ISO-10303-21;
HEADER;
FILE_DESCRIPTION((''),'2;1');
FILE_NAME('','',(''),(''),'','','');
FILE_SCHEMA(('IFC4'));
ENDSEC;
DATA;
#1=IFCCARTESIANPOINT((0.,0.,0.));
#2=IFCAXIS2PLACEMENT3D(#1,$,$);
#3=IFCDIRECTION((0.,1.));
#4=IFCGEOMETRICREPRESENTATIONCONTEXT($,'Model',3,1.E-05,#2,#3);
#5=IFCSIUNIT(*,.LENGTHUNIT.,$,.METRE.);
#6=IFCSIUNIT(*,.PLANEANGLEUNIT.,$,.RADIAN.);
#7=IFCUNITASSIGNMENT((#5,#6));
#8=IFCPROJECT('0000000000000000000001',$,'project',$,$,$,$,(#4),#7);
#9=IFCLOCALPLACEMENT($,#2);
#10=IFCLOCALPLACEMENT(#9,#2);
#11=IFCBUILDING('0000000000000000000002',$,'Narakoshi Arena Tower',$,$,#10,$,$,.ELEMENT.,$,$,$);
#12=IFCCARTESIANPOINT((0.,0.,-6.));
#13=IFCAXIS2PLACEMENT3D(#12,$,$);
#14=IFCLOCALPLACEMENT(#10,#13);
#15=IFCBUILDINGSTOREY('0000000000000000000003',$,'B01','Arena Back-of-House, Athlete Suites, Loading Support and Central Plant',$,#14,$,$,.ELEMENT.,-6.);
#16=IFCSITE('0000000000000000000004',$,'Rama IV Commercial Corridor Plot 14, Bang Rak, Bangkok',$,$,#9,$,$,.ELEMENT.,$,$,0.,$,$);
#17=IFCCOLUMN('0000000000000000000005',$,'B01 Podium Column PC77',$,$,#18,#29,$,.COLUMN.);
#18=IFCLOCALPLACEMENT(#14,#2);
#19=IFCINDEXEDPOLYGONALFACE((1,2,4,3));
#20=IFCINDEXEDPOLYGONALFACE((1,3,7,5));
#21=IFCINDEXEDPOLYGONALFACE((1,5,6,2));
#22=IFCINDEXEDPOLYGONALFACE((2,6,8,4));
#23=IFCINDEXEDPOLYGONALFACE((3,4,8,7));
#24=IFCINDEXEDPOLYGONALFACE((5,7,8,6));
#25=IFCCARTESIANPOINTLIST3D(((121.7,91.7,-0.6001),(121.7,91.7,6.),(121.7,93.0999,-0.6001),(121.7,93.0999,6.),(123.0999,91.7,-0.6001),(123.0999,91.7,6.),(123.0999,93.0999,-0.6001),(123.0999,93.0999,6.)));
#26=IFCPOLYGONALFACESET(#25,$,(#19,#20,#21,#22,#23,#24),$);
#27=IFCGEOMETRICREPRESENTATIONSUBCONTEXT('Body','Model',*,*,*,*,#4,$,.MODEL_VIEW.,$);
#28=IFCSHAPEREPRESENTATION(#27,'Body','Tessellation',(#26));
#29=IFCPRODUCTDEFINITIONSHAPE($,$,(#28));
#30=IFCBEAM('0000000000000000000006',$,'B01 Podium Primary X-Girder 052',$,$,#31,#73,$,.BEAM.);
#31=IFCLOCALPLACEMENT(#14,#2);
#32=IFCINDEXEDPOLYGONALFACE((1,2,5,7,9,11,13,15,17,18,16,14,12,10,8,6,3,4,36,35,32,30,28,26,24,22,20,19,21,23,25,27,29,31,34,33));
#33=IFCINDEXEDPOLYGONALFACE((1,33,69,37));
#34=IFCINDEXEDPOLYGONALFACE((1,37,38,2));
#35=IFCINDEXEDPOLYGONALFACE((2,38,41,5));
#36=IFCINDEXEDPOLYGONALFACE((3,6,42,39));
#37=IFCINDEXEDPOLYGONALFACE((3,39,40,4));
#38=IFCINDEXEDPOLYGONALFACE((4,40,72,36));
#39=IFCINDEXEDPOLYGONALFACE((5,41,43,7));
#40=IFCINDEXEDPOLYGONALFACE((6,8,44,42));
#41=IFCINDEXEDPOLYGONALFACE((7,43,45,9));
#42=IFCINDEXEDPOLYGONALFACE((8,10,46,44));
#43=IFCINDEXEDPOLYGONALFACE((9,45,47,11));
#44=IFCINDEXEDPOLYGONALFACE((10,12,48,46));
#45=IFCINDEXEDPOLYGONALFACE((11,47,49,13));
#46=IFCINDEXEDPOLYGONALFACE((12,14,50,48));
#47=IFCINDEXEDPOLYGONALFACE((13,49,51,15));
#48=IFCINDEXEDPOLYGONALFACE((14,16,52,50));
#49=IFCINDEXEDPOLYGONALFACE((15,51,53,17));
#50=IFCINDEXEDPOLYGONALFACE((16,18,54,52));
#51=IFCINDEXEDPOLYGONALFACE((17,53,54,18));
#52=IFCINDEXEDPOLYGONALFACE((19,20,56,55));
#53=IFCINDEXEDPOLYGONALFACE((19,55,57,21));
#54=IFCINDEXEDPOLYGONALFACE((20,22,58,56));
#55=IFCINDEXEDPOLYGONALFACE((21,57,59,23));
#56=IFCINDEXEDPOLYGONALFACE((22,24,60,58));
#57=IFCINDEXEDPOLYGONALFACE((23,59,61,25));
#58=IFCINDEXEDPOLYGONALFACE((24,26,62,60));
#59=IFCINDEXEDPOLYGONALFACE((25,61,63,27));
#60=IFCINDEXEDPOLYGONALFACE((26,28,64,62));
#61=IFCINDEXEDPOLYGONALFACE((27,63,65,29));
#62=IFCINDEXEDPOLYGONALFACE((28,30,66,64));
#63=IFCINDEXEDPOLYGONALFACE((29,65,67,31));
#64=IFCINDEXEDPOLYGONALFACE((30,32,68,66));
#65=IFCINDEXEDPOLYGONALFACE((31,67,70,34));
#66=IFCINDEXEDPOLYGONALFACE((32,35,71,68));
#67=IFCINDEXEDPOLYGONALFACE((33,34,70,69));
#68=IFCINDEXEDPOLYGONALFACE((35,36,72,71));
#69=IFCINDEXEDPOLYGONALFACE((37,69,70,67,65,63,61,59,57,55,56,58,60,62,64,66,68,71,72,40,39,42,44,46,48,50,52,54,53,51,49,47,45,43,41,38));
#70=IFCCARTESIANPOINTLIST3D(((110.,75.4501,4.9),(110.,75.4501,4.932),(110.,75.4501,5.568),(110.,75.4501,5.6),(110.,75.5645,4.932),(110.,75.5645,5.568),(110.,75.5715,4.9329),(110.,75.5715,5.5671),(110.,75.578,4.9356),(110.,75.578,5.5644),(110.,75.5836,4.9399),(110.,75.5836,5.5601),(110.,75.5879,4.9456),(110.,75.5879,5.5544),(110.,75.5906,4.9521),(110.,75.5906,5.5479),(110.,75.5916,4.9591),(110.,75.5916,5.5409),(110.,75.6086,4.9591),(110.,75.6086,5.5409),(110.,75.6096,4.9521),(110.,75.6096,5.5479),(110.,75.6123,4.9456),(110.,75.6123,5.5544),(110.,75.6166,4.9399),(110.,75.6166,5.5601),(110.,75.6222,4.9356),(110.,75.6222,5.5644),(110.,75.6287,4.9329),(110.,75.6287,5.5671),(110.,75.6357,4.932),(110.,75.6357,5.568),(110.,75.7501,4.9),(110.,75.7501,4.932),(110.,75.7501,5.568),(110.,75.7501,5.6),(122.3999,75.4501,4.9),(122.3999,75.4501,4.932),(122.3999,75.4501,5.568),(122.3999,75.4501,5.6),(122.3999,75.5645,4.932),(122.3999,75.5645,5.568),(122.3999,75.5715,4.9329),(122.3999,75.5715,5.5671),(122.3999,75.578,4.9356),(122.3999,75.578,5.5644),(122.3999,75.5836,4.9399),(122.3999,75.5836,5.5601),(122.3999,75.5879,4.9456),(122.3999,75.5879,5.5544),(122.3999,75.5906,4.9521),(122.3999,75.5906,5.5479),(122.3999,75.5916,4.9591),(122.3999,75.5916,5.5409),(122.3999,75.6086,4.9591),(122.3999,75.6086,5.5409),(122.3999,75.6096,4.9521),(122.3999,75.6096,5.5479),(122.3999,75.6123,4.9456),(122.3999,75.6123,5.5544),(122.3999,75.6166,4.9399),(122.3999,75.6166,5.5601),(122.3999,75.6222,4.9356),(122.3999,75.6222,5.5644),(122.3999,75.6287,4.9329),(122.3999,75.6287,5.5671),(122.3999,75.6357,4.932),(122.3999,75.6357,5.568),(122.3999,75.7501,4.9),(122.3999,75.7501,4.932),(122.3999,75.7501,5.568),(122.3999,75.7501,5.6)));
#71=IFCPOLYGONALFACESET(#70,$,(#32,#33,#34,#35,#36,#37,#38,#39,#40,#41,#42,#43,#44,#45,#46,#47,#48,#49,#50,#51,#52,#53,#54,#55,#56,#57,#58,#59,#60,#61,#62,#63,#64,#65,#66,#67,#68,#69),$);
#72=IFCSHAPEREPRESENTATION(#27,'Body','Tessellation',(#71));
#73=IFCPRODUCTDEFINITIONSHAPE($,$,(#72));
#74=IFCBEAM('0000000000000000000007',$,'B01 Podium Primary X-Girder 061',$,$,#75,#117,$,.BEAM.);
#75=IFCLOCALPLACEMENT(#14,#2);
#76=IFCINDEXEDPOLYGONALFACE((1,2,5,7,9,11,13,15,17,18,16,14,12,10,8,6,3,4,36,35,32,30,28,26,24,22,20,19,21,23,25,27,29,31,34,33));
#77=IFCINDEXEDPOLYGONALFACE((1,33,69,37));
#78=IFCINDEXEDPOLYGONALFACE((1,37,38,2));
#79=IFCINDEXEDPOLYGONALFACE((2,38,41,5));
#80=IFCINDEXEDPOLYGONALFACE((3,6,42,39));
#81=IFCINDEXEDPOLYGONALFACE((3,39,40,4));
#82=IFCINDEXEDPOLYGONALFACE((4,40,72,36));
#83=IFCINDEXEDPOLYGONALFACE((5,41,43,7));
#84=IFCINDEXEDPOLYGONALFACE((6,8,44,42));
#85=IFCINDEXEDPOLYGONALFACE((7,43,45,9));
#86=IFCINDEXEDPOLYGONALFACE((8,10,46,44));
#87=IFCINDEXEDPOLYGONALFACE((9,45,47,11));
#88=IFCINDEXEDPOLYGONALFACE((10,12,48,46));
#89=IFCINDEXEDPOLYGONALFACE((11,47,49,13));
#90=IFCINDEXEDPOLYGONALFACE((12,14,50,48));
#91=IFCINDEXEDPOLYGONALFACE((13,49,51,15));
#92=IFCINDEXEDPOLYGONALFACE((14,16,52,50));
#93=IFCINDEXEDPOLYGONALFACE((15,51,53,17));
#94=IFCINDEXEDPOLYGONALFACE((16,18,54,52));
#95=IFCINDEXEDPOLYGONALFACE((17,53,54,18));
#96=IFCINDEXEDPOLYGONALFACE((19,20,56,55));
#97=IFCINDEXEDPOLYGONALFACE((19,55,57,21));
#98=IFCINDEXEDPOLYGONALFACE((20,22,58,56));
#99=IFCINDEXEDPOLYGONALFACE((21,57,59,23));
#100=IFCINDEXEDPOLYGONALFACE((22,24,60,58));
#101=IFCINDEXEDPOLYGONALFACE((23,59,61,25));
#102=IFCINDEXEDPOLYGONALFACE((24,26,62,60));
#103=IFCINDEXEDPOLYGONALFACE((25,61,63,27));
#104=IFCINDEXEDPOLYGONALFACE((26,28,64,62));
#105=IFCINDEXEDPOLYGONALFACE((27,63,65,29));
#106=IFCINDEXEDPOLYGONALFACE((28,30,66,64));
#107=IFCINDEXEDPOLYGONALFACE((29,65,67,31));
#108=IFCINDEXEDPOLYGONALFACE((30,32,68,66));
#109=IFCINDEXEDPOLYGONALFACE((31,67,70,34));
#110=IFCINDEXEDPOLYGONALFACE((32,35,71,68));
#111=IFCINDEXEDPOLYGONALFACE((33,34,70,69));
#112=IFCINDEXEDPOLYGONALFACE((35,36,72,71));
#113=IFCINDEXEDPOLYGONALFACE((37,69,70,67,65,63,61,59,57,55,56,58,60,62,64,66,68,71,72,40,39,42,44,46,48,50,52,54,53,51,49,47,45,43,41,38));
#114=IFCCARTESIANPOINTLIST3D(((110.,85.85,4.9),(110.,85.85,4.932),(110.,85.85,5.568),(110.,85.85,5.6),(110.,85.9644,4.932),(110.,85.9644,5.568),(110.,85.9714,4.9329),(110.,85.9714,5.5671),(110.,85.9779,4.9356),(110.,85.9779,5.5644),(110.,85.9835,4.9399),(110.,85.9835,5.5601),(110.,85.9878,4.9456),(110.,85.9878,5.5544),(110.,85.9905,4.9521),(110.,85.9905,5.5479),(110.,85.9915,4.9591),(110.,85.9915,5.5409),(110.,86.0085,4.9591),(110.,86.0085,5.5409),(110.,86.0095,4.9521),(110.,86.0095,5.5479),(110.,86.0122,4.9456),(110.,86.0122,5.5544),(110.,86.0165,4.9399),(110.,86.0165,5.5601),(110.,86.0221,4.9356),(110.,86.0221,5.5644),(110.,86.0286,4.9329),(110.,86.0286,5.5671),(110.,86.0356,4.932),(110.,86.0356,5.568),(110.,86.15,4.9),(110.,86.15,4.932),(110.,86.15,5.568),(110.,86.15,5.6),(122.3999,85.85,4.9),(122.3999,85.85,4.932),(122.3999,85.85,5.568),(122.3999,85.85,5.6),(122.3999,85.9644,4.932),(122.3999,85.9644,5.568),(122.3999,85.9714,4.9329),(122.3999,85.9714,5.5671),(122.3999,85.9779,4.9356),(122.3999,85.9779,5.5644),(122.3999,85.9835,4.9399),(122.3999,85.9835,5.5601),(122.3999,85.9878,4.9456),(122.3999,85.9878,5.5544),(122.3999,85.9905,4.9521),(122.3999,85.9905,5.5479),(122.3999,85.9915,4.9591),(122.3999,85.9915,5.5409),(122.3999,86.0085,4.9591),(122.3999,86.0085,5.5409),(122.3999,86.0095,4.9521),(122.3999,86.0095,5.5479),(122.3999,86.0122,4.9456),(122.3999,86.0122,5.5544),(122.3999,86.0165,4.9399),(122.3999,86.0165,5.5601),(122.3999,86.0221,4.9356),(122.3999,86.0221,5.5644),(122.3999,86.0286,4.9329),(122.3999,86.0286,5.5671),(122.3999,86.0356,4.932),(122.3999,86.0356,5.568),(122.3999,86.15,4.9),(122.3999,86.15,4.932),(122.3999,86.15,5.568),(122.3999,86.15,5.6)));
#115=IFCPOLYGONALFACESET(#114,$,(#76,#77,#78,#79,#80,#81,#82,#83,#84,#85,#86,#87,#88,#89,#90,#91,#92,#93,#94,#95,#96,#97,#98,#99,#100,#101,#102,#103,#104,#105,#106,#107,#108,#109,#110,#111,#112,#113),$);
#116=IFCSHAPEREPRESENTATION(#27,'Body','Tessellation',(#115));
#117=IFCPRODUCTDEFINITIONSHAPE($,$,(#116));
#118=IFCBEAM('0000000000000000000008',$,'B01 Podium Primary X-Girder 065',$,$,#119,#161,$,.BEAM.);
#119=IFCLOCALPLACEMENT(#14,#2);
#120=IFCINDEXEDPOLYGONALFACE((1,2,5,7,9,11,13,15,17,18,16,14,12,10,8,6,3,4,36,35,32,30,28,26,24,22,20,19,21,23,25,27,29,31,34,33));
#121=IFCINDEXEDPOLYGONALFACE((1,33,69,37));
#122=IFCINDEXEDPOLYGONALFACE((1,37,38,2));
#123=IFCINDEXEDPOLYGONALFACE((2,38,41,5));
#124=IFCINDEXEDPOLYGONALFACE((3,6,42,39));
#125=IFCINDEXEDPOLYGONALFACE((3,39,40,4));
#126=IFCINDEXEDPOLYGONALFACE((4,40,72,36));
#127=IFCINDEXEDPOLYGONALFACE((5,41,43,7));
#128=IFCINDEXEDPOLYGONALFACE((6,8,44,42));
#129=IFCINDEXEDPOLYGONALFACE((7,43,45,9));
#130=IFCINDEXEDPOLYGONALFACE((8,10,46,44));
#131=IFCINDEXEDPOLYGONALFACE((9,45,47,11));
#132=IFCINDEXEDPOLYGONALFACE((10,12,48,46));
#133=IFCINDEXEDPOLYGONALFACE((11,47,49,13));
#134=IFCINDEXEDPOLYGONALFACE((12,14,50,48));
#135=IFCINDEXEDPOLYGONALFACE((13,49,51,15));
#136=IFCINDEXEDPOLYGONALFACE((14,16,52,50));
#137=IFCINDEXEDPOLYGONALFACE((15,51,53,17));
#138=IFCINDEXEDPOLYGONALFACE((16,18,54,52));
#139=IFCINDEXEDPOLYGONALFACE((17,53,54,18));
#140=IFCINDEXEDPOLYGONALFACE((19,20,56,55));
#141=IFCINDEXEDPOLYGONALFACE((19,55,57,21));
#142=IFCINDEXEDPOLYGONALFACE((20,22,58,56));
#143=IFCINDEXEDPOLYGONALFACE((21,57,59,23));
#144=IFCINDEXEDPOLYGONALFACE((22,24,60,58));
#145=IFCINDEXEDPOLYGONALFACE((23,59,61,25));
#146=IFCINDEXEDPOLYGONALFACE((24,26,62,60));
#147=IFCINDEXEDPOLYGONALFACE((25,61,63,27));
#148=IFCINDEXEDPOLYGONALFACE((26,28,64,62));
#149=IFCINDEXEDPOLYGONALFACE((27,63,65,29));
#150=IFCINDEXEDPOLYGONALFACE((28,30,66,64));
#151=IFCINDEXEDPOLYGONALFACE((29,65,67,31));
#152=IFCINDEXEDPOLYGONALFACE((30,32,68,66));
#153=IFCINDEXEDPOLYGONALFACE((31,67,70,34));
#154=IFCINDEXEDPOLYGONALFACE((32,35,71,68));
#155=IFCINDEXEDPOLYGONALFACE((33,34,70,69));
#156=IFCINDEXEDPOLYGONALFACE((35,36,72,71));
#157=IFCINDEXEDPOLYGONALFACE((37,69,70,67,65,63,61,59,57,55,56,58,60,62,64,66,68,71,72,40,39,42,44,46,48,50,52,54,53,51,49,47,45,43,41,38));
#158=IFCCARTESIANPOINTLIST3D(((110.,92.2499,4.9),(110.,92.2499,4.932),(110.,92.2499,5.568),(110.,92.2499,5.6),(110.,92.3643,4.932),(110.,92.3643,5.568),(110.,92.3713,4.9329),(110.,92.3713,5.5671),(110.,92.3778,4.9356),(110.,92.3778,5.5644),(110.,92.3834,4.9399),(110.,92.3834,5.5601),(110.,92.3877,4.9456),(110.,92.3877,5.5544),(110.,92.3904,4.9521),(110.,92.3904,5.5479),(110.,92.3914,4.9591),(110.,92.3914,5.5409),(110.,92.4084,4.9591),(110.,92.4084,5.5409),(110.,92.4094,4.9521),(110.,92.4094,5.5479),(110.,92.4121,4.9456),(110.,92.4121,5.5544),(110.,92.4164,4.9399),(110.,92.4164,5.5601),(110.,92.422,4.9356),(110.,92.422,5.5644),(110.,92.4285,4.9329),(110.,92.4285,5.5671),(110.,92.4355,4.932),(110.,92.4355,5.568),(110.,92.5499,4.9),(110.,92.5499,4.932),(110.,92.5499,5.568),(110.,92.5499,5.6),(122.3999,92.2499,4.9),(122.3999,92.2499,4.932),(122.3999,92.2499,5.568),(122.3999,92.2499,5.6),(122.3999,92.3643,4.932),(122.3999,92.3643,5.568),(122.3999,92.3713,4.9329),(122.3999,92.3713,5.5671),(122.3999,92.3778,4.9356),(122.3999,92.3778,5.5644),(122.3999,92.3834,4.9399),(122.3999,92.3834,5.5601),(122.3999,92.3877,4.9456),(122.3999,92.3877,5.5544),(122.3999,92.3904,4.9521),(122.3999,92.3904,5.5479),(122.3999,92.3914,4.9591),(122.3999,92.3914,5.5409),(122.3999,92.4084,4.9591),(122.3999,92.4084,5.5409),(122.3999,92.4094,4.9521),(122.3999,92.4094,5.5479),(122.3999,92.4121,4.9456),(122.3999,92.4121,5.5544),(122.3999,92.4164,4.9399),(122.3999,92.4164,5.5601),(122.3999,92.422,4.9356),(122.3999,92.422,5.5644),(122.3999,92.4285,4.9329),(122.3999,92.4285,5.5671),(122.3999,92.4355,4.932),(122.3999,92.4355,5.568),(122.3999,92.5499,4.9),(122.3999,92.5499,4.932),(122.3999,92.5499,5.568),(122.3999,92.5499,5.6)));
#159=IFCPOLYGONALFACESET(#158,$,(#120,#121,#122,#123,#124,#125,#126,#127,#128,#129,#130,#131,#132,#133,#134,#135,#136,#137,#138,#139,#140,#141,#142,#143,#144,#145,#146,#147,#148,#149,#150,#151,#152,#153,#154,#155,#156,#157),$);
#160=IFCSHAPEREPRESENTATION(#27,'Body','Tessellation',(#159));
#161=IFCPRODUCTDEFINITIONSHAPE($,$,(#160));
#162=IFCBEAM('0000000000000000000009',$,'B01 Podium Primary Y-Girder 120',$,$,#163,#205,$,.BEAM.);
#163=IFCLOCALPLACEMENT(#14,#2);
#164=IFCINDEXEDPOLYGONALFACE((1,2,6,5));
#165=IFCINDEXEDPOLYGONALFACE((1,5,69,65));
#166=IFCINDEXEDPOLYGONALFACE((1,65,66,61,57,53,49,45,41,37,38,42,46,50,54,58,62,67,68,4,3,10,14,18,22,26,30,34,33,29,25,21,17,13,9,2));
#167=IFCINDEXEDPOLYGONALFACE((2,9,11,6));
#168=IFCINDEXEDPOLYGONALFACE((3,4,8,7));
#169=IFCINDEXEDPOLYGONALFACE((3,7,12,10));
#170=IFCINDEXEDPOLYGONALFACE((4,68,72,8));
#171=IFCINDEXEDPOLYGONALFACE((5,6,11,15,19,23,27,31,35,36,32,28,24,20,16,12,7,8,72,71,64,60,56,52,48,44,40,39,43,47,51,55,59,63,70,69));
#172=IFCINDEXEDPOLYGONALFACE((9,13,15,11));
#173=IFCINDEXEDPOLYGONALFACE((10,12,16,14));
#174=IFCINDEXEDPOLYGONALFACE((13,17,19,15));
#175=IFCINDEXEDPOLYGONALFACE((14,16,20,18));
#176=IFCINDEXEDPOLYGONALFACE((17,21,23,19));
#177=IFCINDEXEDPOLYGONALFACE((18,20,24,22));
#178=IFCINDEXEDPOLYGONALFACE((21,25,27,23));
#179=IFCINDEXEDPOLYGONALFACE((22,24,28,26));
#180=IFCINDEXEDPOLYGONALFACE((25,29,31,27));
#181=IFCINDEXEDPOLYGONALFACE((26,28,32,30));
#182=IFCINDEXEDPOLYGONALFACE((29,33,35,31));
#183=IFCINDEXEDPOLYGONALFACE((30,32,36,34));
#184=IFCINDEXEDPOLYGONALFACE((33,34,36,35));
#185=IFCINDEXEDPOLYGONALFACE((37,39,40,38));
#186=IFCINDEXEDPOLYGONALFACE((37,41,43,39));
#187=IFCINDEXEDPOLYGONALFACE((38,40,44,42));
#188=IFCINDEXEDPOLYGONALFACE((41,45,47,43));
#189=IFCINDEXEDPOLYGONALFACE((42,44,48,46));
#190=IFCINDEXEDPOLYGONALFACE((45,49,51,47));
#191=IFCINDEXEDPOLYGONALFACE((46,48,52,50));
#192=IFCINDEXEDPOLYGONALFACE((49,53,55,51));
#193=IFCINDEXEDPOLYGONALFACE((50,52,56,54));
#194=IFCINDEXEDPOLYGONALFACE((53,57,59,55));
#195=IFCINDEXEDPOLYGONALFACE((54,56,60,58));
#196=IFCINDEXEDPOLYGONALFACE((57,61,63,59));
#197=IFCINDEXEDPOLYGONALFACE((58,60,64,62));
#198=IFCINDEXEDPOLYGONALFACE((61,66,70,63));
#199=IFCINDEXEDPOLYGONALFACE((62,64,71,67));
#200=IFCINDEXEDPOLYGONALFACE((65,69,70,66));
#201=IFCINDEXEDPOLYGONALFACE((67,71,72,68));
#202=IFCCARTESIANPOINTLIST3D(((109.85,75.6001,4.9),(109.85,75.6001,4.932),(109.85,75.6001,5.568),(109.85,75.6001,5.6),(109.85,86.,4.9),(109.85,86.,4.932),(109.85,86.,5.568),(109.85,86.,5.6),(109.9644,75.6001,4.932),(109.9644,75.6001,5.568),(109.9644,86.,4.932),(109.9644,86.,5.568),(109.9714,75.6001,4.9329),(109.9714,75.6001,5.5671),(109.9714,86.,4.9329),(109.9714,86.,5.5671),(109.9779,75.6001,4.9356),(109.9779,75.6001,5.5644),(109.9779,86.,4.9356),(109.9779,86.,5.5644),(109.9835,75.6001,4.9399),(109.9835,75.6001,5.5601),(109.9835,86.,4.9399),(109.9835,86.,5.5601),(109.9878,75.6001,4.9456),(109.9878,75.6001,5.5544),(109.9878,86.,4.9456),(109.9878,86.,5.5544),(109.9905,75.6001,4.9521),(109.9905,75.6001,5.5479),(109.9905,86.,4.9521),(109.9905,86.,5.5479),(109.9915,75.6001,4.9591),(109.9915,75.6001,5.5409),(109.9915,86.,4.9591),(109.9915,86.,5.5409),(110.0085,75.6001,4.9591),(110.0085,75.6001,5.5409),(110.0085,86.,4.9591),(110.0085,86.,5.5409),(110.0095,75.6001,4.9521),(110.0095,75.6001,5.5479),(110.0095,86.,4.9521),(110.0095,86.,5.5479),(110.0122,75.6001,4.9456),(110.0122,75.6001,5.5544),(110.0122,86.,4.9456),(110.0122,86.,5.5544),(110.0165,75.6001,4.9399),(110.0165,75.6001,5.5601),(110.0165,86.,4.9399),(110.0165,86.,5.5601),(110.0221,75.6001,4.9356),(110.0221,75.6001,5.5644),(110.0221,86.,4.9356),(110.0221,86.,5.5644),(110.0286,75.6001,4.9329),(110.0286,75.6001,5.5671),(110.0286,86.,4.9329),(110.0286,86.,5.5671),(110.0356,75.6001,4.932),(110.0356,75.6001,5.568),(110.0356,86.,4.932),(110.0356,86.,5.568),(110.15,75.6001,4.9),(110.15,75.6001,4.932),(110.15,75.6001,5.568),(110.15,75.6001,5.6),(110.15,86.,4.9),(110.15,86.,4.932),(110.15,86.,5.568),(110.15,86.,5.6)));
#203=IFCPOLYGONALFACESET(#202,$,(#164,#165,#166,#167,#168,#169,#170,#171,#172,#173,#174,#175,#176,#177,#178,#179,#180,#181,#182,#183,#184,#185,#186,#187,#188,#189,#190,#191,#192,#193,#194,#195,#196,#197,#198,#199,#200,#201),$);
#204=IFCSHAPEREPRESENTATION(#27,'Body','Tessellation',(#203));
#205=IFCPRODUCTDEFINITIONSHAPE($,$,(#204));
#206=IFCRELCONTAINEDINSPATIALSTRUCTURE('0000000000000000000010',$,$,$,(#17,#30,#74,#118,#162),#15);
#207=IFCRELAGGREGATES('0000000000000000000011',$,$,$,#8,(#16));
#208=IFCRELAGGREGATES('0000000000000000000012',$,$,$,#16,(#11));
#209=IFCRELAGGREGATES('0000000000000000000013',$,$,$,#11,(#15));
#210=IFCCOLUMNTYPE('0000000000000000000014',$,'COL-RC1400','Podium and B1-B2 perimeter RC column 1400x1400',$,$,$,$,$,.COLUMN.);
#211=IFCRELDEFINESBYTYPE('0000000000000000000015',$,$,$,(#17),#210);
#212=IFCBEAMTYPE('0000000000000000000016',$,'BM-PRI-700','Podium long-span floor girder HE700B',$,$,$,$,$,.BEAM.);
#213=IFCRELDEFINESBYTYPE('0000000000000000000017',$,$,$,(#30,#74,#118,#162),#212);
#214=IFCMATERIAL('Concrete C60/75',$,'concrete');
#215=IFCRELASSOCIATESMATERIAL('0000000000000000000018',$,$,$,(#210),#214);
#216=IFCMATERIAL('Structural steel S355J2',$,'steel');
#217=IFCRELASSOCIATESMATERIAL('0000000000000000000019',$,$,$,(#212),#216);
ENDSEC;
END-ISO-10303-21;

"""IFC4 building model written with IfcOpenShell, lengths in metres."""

from ifc_helpers import new_model, si_unit, direction, frame, origin, origin_2d, place, context, subcontext, project, spatial, rectangle, i_section, extrude, material, material_profile, profile_set, type_object, element, save


model = new_model("IFC4")

# Units and contexts
model_context = context("Model", 3, precision=1e-05, world=origin(), true_north=direction((0.0, 1.0)))
body_context = subcontext(model_context, "Body", "Model", "MODEL_VIEW")
ifc_project = project(units=[si_unit("LENGTHUNIT", "METRE"), si_unit("PLANEANGLEUNIT", "RADIAN")], contexts=[model_context])

# Site, building, storey
site_placement = place(None, origin())
site = spatial("IfcSite", under=ifc_project, at=site_placement, Name="Rama IV Commercial Corridor Plot 14, Bang Rak, Bangkok", CompositionType="ELEMENT", RefElevation=0.0)
building_placement = place(site_placement, origin())
building = spatial("IfcBuilding", under=site, at=building_placement, Name="Narakoshi Arena Tower", CompositionType="ELEMENT")
storey_placement = place(building_placement, frame((0.0, 0.0, -6.0)))
storey = spatial("IfcBuildingStorey", under=building, at=storey_placement, Name="B01", Description="Arena Back-of-House, Athlete Suites, Loading Support and Central Plant", CompositionType="ELEMENT", Elevation=-6.0)

# Column
ifc_material_1 = material(Name="Concrete C60/75", Category="concrete")
ifc_material_profile_1 = material_profile(ifc_material_1, rectangle(XDim=1.3999, YDim=1.3999, at=origin_2d()), Name="RC1400x1400")
ifc_profile_set_1 = profile_set([ifc_material_profile_1], Name="Concrete C60/75")
column_type = type_object("IfcColumnType", Name="COL-RC1400", Description="Podium and B1-B2 perimeter RC column 1400x1400", PredefinedType="COLUMN", material=ifc_profile_set_1)
for number, where, z_axis, x_axis, name in (
    (1, (122.3999, 92.3999, -0.6001), (0.0, 0.0, 1.0), (1.0, 0.0, 0.0), "B01 Podium Column PC77"),
):
    element("IfcColumn", number, at=place(storey_placement, frame(where, z_axis=z_axis, x_axis=x_axis)), inside=storey, type_object=column_type, Name=name, PredefinedType="COLUMN", context=body_context, shape_type="SweptSolid", body=[
        extrude(rectangle(XDim=1.3999, YDim=1.3999, at=origin_2d()), origin(), (0.0, 0.0, 1.0), 6.6001),
    ])

# Beams
ifc_material_2 = material(Name="Structural steel S355J2", Category="steel")
ifc_material_profile_2 = material_profile(ifc_material_2, i_section(OverallWidth=0.3, OverallDepth=0.7, WebThickness=0.0171, FlangeThickness=0.032, FilletRadius=0.0271, at=origin_2d()), Name="HE700B")
ifc_profile_set_2 = profile_set([ifc_material_profile_2], Name="Structural steel S355J2")
beam_type_1 = type_object("IfcBeamType", Name="BM-PRI-700", Description="Podium long-span floor girder HE700B", PredefinedType="BEAM", material=ifc_profile_set_2)
for number, where, z_axis, x_axis, name in (
    (2, (110.0, 75.6001, 5.25), (1.0, 0.0, 0.0), (0.0, 1.0, 0.0), "B01 Podium Primary X-Girder 052"),
    (3, (110.0, 86.0, 5.25), (1.0, 0.0, 0.0), (0.0, 1.0, 0.0), "B01 Podium Primary X-Girder 061"),
    (4, (110.0, 92.3999, 5.25), (1.0, 0.0, 0.0), (0.0, 1.0, 0.0), "B01 Podium Primary X-Girder 065"),
):
    element("IfcBeam", number, at=place(storey_placement, frame(where, z_axis=z_axis, x_axis=x_axis)), inside=storey, type_object=beam_type_1, Name=name, PredefinedType="BEAM", context=body_context, shape_type="SweptSolid", body=[
        extrude(i_section(OverallWidth=0.3, OverallDepth=0.7, WebThickness=0.0171, FlangeThickness=0.032, FilletRadius=0.0271, at=origin_2d()), origin(), (0.0, 0.0, 1.0), 12.3999),
    ])
beam_1_placement = place(storey_placement, frame((110.0, 75.6001, 5.25), z_axis=(0.0, 1.0, 0.0), x_axis=(-1.0, 0.0, 0.0)))
element("IfcBeam", 5, at=beam_1_placement, inside=storey, type_object=beam_type_1, Name="B01 Podium Primary Y-Girder 120", PredefinedType="BEAM", context=body_context, shape_type="SweptSolid", body=[
    extrude(i_section(OverallWidth=0.3, OverallDepth=0.7, WebThickness=0.0171, FlangeThickness=0.032, FilletRadius=0.0271, at=origin_2d()), origin(), (0.0, 0.0, 1.0), 10.3999),
])

save(model, "model.ifc")
